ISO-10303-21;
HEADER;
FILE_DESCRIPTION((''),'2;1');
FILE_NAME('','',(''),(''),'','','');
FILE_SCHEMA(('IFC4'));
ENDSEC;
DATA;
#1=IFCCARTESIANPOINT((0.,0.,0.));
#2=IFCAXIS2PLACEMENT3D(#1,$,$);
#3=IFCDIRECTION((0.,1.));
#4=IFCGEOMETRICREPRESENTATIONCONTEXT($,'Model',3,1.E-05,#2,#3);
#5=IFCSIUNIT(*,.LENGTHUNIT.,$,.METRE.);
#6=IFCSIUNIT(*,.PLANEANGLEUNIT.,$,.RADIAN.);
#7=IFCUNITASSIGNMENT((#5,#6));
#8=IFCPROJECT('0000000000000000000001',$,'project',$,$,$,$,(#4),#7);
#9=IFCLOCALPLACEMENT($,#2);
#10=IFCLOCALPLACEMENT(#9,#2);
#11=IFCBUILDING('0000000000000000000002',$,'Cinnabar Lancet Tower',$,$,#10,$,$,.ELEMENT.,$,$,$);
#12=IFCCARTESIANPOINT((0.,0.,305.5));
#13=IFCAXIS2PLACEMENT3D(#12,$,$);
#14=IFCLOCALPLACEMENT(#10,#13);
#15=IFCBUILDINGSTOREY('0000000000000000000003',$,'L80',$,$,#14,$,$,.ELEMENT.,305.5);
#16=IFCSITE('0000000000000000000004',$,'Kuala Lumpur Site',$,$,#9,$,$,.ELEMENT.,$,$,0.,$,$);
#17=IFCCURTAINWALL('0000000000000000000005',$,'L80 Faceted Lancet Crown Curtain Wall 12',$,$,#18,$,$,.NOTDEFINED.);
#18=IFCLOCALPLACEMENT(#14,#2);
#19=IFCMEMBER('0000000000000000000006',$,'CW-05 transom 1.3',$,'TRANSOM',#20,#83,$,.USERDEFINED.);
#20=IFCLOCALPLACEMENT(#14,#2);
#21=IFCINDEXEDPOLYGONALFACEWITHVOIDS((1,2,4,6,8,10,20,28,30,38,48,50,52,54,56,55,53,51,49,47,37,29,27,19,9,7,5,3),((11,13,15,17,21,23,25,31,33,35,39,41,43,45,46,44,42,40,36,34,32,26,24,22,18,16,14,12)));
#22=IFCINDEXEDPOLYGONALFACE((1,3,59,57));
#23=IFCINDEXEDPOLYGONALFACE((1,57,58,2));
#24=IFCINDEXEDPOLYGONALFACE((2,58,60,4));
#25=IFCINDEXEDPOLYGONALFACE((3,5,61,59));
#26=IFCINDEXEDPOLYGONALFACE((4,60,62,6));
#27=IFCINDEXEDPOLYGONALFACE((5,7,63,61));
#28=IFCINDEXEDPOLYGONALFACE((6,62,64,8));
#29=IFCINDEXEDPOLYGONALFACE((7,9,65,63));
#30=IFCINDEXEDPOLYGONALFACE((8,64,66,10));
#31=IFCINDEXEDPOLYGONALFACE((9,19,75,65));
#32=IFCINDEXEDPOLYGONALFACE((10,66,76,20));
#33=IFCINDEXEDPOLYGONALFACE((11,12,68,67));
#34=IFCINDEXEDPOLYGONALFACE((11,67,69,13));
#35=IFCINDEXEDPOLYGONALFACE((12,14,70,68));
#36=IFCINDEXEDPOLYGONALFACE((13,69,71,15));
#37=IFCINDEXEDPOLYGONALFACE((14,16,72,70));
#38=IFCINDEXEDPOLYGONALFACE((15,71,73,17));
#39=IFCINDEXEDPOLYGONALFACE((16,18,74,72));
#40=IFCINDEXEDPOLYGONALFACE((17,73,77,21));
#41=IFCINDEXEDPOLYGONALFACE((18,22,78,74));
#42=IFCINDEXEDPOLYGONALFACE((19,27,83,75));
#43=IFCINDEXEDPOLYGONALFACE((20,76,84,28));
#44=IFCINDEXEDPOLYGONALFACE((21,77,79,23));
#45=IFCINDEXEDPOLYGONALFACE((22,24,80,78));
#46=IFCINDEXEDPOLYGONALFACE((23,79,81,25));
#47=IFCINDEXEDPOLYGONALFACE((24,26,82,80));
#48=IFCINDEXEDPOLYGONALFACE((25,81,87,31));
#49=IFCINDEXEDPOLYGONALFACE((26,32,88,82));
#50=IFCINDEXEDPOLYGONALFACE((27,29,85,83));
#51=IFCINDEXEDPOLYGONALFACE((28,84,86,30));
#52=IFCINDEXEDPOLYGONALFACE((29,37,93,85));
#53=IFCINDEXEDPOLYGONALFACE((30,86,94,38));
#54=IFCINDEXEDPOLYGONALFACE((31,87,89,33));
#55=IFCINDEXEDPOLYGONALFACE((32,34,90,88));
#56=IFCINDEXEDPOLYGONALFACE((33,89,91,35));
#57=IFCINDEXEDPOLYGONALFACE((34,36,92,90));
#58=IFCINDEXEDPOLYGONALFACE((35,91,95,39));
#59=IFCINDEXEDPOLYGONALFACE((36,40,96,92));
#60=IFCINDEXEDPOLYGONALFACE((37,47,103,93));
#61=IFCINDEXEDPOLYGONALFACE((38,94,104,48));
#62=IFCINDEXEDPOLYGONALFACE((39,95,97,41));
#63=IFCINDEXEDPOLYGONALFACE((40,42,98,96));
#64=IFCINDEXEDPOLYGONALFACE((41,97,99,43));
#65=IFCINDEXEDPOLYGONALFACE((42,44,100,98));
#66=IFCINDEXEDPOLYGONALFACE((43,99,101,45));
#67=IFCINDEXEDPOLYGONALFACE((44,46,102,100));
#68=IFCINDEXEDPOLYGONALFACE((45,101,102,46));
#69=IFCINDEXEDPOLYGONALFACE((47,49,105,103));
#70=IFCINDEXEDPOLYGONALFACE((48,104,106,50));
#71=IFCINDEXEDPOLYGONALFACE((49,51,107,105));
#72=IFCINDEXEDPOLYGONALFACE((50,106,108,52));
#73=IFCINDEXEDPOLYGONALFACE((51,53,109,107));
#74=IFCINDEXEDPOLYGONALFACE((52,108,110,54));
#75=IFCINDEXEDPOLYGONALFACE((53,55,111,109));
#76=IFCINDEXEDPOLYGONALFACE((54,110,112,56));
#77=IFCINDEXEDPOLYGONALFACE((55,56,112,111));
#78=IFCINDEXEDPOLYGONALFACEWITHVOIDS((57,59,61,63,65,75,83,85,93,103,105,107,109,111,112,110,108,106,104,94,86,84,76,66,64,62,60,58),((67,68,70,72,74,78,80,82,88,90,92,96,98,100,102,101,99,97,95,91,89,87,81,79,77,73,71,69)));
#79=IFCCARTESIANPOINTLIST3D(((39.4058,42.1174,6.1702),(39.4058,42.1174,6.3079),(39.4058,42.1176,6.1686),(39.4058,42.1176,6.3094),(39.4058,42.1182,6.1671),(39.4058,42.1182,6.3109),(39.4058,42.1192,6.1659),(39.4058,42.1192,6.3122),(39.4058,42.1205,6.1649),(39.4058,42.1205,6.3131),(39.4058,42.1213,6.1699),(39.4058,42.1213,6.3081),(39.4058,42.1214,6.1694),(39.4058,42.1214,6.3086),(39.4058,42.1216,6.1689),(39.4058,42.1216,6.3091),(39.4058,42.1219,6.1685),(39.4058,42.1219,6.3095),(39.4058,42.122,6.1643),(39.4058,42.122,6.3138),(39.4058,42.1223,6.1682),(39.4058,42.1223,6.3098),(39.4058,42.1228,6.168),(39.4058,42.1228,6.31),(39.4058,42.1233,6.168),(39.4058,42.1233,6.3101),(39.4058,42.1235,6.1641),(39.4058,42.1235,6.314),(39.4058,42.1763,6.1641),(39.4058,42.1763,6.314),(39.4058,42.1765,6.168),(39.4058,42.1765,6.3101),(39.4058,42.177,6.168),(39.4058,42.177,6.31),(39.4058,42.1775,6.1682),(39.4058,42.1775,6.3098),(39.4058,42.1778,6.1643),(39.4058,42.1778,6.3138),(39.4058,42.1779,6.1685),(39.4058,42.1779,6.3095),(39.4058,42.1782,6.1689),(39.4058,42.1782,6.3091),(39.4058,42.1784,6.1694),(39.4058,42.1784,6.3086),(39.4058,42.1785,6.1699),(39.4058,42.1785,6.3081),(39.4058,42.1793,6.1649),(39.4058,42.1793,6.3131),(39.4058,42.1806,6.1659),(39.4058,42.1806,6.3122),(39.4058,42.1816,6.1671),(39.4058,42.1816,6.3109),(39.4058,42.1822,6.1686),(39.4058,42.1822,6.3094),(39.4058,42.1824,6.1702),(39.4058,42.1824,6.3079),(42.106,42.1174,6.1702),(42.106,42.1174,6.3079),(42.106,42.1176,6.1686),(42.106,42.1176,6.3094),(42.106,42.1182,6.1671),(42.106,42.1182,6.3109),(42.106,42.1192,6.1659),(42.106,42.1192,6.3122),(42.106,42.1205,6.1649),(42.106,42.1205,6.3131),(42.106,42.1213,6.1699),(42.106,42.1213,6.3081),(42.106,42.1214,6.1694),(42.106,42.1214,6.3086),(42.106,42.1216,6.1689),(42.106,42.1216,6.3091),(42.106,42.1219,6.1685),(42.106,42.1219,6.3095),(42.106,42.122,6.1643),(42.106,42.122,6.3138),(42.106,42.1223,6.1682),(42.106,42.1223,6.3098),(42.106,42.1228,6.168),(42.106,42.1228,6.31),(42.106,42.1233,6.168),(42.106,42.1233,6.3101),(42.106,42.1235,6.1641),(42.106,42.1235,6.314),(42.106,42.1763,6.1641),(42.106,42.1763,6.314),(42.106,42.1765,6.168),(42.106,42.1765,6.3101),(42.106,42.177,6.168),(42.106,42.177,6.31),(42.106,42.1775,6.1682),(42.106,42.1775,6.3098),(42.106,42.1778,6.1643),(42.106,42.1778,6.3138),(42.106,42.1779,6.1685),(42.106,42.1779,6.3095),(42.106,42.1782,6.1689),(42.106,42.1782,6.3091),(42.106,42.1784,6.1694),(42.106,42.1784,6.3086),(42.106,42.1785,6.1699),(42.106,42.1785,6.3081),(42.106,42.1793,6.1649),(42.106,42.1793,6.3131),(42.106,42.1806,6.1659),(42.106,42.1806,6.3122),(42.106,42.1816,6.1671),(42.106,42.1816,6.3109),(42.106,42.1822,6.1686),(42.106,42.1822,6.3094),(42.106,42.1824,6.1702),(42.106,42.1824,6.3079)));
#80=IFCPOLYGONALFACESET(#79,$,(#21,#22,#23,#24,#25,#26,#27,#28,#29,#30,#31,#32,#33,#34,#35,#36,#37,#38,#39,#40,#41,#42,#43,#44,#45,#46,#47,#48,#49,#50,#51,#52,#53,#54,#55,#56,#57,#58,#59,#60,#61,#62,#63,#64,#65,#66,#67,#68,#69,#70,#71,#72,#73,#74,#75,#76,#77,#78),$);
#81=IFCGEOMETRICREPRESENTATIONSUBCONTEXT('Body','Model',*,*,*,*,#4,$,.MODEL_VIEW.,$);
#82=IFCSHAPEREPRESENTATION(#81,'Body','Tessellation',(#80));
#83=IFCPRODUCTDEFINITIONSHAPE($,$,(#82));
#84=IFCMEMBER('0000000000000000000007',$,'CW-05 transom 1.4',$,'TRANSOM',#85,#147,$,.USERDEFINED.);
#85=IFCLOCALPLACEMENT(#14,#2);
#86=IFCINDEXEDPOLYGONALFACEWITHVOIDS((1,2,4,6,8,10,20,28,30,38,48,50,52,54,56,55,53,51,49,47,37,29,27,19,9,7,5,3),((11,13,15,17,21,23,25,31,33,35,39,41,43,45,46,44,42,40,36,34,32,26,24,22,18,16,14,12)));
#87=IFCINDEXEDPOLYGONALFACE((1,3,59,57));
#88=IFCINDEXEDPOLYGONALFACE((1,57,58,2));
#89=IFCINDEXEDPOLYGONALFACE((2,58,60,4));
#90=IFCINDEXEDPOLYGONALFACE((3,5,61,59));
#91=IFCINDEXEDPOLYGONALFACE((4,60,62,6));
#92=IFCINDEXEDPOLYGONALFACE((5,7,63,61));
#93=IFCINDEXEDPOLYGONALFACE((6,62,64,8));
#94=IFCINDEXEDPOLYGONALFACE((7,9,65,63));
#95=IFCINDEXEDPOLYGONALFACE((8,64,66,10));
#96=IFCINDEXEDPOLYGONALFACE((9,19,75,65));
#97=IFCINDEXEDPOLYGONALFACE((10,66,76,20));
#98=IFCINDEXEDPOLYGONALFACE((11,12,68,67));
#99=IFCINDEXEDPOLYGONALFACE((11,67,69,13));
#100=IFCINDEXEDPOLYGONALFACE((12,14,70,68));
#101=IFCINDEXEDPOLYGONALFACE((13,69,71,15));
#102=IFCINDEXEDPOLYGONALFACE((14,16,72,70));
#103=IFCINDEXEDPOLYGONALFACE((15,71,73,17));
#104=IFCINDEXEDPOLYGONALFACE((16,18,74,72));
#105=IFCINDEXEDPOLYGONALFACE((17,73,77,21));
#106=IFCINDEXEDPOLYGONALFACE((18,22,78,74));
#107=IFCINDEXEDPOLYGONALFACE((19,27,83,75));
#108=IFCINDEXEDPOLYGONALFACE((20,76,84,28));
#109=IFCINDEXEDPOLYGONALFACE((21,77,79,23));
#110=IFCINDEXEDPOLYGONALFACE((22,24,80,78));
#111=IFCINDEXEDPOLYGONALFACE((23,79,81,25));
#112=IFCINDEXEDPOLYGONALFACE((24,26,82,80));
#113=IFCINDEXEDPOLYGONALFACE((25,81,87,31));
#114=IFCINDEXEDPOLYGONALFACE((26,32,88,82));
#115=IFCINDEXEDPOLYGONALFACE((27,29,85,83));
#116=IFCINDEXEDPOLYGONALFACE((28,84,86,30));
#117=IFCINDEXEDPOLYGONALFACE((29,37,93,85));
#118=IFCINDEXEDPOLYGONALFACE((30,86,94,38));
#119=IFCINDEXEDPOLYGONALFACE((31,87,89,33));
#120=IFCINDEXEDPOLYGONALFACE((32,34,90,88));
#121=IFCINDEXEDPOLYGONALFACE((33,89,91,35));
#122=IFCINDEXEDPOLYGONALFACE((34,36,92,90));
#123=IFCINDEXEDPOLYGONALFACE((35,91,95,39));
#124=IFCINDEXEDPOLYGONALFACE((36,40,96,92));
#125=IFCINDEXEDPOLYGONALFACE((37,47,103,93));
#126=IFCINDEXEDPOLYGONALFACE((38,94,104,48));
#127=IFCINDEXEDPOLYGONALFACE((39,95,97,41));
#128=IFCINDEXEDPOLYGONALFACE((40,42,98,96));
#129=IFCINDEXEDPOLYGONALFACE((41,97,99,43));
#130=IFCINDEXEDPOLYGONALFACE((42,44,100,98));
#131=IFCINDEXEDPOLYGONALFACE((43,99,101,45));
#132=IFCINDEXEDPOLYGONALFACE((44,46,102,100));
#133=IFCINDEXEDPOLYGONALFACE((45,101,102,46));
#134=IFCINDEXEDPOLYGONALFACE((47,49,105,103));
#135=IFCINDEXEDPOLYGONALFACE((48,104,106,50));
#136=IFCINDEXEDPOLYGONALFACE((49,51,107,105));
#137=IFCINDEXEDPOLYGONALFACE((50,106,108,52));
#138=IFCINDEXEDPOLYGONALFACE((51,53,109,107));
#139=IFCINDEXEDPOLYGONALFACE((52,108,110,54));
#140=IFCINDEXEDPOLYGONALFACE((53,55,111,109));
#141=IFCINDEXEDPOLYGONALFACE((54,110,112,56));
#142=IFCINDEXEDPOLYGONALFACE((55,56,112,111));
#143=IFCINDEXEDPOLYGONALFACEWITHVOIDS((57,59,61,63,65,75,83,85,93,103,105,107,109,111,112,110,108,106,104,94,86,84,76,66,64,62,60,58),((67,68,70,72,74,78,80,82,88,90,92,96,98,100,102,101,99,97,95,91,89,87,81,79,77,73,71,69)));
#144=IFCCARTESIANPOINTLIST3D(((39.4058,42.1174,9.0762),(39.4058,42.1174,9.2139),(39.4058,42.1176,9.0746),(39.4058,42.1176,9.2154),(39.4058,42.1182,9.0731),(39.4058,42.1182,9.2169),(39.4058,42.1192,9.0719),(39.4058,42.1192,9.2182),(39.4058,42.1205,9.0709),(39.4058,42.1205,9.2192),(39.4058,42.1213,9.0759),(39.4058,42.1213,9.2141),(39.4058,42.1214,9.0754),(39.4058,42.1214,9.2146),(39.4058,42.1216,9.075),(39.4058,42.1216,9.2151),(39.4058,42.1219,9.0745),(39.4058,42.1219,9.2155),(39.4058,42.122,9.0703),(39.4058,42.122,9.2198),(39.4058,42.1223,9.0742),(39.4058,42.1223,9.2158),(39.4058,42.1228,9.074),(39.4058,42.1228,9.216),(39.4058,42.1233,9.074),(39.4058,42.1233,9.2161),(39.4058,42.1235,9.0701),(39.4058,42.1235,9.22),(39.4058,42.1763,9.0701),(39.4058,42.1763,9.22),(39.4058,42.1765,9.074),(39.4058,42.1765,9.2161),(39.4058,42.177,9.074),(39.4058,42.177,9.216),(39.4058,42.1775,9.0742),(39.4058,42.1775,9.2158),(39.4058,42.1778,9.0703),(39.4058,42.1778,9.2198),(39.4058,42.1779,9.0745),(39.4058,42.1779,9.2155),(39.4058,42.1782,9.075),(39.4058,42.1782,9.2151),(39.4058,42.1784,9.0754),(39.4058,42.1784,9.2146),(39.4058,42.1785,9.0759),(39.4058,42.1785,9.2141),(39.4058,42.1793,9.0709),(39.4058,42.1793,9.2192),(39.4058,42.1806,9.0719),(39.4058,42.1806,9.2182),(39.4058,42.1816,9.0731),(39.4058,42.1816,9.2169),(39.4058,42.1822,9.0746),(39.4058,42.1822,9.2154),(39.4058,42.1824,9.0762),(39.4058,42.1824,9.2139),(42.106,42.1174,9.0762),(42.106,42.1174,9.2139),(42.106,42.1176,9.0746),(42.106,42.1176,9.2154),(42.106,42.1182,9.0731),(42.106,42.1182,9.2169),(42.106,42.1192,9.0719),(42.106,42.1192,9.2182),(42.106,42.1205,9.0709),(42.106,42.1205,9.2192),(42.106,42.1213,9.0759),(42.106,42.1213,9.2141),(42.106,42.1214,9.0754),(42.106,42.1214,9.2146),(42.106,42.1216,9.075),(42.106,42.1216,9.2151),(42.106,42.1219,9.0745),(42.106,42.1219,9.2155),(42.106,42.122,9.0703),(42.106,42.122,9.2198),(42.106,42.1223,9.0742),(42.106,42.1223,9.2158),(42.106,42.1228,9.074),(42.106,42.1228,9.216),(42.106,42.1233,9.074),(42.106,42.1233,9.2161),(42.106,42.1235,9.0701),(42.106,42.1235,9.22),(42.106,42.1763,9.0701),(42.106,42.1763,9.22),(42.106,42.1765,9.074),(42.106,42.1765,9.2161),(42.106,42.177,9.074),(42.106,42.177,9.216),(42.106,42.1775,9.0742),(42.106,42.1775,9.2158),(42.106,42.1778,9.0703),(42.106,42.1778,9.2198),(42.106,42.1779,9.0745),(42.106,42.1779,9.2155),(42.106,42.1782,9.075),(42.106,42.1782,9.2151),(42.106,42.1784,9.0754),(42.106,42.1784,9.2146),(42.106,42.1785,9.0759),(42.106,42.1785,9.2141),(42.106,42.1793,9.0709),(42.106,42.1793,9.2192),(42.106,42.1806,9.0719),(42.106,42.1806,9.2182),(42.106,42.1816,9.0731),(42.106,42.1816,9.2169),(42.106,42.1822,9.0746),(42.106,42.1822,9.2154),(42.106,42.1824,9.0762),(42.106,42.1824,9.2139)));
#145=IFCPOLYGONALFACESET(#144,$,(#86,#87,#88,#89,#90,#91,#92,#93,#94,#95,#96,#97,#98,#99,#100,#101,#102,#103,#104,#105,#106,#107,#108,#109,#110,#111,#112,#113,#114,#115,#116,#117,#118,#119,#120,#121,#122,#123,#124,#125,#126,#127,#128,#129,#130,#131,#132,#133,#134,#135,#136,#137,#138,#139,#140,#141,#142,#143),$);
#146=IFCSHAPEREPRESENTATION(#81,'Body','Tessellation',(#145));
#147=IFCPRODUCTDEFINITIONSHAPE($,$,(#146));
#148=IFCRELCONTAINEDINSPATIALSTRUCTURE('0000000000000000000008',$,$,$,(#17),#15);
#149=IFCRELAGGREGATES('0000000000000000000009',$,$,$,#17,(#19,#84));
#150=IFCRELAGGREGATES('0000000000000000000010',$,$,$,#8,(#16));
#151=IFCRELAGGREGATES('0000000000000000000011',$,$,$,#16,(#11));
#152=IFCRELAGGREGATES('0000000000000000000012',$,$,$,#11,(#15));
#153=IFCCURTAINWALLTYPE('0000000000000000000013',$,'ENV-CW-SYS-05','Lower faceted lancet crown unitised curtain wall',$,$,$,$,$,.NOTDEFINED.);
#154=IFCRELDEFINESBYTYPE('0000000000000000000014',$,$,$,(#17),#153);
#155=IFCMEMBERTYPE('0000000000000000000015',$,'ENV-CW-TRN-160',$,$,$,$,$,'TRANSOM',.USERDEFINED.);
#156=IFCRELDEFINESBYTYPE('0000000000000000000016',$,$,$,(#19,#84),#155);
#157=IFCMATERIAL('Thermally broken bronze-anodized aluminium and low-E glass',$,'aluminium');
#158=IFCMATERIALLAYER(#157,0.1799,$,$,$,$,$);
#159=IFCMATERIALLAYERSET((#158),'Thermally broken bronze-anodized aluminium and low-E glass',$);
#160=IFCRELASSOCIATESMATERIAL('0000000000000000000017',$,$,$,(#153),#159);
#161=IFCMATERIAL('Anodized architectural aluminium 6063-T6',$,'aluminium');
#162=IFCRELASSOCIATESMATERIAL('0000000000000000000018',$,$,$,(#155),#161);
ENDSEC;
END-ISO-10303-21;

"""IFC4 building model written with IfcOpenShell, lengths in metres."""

from ifc_helpers import new_model, si_unit, direction, frame, origin, origin_2d, place, context, subcontext, project, spatial, hollow_rectangle, extrude, material, layer, layer_set, material_profile, profile_set, type_object, element, aggregate, save


model = new_model("IFC4")

# Units and contexts
model_context = context("Model", 3, precision=1e-05, world=origin(), true_north=direction((0.0, 1.0)))
body_context = subcontext(model_context, "Body", "Model", "MODEL_VIEW")
ifc_project = project(units=[si_unit("LENGTHUNIT", "METRE"), si_unit("PLANEANGLEUNIT", "RADIAN")], contexts=[model_context])

# Site, building, storey
site_placement = place(None, origin())
site = spatial("IfcSite", under=ifc_project, at=site_placement, Name="Kuala Lumpur Site", CompositionType="ELEMENT", RefElevation=0.0)
building_placement = place(site_placement, origin())
building = spatial("IfcBuilding", under=site, at=building_placement, Name="Cinnabar Lancet Tower", CompositionType="ELEMENT")
storey_placement = place(building_placement, frame((0.0, 0.0, 305.5)))
storey = spatial("IfcBuildingStorey", under=building, at=storey_placement, Name="L80", CompositionType="ELEMENT", Elevation=305.5)

# Curtain wall, members
ifc_material_1 = material(Name="Thermally broken bronze-anodized aluminium and low-E glass", Category="aluminium")
ifc_layer_1 = layer(ifc_material_1, 0.1799)
ifc_layer_set_1 = layer_set([ifc_layer_1], Name="Thermally broken bronze-anodized aluminium and low-E glass")
curtain_wall_type = type_object("IfcCurtainWallType", Name="ENV-CW-SYS-05", Description="Lower faceted lancet crown unitised curtain wall", PredefinedType="NOTDEFINED", material=ifc_layer_set_1)
curtain_wall_placement = place(storey_placement, origin())
curtain_wall = element("IfcCurtainWall", 1, at=curtain_wall_placement, inside=storey, type_object=curtain_wall_type, Name="L80 Faceted Lancet Crown Curtain Wall 12", PredefinedType="NOTDEFINED")
ifc_material_2 = material(Name="Anodized architectural aluminium 6063-T6", Category="aluminium")
ifc_material_profile_1 = material_profile(ifc_material_2, hollow_rectangle(XDim=0.0649, YDim=0.1499, WallThickness=0.0039, InnerFilletRadius=0.002, OuterFilletRadius=0.0061, at=origin_2d()), Name="CW-TRN 150x65x4")
ifc_profile_set_1 = profile_set([ifc_material_profile_1], Name="Anodized architectural aluminium 6063-T6")
member_type_1 = type_object("IfcMemberType", Name="ENV-CW-TRN-160", ElementType="TRANSOM", PredefinedType="USERDEFINED", material=ifc_profile_set_1)
member_1_placement = place(storey_placement, frame((42.106, 42.1499, 6.239), z_axis=(-1.0, 0.0, 0.0), x_axis=(0.0, -1.0, 0.0)))
member_1 = element("IfcMember", 2, at=member_1_placement, type_object=member_type_1, Name="CW-05 transom 1.3", ObjectType="TRANSOM", PredefinedType="USERDEFINED", context=body_context, shape_type="SweptSolid", body=[
    extrude(hollow_rectangle(XDim=0.0649, YDim=0.1499, WallThickness=0.0039, InnerFilletRadius=0.002, OuterFilletRadius=0.0061, at=origin_2d()), origin(), (0.0, 0.0, 1.0), 2.7002),
])
member_2_placement = place(storey_placement, frame((42.106, 42.1499, 9.145), z_axis=(-1.0, 0.0, 0.0), x_axis=(0.0, -1.0, 0.0)))
member_2 = element("IfcMember", 3, at=member_2_placement, type_object=member_type_1, Name="CW-05 transom 1.4", ObjectType="TRANSOM", PredefinedType="USERDEFINED", context=body_context, shape_type="SweptSolid", body=[
    extrude(hollow_rectangle(XDim=0.0649, YDim=0.1499, WallThickness=0.0039, InnerFilletRadius=0.002, OuterFilletRadius=0.0061, at=origin_2d()), origin(), (0.0, 0.0, 1.0), 2.7002),
])
aggregate(curtain_wall, [member_1, member_2])

save(model, "model.ifc")
